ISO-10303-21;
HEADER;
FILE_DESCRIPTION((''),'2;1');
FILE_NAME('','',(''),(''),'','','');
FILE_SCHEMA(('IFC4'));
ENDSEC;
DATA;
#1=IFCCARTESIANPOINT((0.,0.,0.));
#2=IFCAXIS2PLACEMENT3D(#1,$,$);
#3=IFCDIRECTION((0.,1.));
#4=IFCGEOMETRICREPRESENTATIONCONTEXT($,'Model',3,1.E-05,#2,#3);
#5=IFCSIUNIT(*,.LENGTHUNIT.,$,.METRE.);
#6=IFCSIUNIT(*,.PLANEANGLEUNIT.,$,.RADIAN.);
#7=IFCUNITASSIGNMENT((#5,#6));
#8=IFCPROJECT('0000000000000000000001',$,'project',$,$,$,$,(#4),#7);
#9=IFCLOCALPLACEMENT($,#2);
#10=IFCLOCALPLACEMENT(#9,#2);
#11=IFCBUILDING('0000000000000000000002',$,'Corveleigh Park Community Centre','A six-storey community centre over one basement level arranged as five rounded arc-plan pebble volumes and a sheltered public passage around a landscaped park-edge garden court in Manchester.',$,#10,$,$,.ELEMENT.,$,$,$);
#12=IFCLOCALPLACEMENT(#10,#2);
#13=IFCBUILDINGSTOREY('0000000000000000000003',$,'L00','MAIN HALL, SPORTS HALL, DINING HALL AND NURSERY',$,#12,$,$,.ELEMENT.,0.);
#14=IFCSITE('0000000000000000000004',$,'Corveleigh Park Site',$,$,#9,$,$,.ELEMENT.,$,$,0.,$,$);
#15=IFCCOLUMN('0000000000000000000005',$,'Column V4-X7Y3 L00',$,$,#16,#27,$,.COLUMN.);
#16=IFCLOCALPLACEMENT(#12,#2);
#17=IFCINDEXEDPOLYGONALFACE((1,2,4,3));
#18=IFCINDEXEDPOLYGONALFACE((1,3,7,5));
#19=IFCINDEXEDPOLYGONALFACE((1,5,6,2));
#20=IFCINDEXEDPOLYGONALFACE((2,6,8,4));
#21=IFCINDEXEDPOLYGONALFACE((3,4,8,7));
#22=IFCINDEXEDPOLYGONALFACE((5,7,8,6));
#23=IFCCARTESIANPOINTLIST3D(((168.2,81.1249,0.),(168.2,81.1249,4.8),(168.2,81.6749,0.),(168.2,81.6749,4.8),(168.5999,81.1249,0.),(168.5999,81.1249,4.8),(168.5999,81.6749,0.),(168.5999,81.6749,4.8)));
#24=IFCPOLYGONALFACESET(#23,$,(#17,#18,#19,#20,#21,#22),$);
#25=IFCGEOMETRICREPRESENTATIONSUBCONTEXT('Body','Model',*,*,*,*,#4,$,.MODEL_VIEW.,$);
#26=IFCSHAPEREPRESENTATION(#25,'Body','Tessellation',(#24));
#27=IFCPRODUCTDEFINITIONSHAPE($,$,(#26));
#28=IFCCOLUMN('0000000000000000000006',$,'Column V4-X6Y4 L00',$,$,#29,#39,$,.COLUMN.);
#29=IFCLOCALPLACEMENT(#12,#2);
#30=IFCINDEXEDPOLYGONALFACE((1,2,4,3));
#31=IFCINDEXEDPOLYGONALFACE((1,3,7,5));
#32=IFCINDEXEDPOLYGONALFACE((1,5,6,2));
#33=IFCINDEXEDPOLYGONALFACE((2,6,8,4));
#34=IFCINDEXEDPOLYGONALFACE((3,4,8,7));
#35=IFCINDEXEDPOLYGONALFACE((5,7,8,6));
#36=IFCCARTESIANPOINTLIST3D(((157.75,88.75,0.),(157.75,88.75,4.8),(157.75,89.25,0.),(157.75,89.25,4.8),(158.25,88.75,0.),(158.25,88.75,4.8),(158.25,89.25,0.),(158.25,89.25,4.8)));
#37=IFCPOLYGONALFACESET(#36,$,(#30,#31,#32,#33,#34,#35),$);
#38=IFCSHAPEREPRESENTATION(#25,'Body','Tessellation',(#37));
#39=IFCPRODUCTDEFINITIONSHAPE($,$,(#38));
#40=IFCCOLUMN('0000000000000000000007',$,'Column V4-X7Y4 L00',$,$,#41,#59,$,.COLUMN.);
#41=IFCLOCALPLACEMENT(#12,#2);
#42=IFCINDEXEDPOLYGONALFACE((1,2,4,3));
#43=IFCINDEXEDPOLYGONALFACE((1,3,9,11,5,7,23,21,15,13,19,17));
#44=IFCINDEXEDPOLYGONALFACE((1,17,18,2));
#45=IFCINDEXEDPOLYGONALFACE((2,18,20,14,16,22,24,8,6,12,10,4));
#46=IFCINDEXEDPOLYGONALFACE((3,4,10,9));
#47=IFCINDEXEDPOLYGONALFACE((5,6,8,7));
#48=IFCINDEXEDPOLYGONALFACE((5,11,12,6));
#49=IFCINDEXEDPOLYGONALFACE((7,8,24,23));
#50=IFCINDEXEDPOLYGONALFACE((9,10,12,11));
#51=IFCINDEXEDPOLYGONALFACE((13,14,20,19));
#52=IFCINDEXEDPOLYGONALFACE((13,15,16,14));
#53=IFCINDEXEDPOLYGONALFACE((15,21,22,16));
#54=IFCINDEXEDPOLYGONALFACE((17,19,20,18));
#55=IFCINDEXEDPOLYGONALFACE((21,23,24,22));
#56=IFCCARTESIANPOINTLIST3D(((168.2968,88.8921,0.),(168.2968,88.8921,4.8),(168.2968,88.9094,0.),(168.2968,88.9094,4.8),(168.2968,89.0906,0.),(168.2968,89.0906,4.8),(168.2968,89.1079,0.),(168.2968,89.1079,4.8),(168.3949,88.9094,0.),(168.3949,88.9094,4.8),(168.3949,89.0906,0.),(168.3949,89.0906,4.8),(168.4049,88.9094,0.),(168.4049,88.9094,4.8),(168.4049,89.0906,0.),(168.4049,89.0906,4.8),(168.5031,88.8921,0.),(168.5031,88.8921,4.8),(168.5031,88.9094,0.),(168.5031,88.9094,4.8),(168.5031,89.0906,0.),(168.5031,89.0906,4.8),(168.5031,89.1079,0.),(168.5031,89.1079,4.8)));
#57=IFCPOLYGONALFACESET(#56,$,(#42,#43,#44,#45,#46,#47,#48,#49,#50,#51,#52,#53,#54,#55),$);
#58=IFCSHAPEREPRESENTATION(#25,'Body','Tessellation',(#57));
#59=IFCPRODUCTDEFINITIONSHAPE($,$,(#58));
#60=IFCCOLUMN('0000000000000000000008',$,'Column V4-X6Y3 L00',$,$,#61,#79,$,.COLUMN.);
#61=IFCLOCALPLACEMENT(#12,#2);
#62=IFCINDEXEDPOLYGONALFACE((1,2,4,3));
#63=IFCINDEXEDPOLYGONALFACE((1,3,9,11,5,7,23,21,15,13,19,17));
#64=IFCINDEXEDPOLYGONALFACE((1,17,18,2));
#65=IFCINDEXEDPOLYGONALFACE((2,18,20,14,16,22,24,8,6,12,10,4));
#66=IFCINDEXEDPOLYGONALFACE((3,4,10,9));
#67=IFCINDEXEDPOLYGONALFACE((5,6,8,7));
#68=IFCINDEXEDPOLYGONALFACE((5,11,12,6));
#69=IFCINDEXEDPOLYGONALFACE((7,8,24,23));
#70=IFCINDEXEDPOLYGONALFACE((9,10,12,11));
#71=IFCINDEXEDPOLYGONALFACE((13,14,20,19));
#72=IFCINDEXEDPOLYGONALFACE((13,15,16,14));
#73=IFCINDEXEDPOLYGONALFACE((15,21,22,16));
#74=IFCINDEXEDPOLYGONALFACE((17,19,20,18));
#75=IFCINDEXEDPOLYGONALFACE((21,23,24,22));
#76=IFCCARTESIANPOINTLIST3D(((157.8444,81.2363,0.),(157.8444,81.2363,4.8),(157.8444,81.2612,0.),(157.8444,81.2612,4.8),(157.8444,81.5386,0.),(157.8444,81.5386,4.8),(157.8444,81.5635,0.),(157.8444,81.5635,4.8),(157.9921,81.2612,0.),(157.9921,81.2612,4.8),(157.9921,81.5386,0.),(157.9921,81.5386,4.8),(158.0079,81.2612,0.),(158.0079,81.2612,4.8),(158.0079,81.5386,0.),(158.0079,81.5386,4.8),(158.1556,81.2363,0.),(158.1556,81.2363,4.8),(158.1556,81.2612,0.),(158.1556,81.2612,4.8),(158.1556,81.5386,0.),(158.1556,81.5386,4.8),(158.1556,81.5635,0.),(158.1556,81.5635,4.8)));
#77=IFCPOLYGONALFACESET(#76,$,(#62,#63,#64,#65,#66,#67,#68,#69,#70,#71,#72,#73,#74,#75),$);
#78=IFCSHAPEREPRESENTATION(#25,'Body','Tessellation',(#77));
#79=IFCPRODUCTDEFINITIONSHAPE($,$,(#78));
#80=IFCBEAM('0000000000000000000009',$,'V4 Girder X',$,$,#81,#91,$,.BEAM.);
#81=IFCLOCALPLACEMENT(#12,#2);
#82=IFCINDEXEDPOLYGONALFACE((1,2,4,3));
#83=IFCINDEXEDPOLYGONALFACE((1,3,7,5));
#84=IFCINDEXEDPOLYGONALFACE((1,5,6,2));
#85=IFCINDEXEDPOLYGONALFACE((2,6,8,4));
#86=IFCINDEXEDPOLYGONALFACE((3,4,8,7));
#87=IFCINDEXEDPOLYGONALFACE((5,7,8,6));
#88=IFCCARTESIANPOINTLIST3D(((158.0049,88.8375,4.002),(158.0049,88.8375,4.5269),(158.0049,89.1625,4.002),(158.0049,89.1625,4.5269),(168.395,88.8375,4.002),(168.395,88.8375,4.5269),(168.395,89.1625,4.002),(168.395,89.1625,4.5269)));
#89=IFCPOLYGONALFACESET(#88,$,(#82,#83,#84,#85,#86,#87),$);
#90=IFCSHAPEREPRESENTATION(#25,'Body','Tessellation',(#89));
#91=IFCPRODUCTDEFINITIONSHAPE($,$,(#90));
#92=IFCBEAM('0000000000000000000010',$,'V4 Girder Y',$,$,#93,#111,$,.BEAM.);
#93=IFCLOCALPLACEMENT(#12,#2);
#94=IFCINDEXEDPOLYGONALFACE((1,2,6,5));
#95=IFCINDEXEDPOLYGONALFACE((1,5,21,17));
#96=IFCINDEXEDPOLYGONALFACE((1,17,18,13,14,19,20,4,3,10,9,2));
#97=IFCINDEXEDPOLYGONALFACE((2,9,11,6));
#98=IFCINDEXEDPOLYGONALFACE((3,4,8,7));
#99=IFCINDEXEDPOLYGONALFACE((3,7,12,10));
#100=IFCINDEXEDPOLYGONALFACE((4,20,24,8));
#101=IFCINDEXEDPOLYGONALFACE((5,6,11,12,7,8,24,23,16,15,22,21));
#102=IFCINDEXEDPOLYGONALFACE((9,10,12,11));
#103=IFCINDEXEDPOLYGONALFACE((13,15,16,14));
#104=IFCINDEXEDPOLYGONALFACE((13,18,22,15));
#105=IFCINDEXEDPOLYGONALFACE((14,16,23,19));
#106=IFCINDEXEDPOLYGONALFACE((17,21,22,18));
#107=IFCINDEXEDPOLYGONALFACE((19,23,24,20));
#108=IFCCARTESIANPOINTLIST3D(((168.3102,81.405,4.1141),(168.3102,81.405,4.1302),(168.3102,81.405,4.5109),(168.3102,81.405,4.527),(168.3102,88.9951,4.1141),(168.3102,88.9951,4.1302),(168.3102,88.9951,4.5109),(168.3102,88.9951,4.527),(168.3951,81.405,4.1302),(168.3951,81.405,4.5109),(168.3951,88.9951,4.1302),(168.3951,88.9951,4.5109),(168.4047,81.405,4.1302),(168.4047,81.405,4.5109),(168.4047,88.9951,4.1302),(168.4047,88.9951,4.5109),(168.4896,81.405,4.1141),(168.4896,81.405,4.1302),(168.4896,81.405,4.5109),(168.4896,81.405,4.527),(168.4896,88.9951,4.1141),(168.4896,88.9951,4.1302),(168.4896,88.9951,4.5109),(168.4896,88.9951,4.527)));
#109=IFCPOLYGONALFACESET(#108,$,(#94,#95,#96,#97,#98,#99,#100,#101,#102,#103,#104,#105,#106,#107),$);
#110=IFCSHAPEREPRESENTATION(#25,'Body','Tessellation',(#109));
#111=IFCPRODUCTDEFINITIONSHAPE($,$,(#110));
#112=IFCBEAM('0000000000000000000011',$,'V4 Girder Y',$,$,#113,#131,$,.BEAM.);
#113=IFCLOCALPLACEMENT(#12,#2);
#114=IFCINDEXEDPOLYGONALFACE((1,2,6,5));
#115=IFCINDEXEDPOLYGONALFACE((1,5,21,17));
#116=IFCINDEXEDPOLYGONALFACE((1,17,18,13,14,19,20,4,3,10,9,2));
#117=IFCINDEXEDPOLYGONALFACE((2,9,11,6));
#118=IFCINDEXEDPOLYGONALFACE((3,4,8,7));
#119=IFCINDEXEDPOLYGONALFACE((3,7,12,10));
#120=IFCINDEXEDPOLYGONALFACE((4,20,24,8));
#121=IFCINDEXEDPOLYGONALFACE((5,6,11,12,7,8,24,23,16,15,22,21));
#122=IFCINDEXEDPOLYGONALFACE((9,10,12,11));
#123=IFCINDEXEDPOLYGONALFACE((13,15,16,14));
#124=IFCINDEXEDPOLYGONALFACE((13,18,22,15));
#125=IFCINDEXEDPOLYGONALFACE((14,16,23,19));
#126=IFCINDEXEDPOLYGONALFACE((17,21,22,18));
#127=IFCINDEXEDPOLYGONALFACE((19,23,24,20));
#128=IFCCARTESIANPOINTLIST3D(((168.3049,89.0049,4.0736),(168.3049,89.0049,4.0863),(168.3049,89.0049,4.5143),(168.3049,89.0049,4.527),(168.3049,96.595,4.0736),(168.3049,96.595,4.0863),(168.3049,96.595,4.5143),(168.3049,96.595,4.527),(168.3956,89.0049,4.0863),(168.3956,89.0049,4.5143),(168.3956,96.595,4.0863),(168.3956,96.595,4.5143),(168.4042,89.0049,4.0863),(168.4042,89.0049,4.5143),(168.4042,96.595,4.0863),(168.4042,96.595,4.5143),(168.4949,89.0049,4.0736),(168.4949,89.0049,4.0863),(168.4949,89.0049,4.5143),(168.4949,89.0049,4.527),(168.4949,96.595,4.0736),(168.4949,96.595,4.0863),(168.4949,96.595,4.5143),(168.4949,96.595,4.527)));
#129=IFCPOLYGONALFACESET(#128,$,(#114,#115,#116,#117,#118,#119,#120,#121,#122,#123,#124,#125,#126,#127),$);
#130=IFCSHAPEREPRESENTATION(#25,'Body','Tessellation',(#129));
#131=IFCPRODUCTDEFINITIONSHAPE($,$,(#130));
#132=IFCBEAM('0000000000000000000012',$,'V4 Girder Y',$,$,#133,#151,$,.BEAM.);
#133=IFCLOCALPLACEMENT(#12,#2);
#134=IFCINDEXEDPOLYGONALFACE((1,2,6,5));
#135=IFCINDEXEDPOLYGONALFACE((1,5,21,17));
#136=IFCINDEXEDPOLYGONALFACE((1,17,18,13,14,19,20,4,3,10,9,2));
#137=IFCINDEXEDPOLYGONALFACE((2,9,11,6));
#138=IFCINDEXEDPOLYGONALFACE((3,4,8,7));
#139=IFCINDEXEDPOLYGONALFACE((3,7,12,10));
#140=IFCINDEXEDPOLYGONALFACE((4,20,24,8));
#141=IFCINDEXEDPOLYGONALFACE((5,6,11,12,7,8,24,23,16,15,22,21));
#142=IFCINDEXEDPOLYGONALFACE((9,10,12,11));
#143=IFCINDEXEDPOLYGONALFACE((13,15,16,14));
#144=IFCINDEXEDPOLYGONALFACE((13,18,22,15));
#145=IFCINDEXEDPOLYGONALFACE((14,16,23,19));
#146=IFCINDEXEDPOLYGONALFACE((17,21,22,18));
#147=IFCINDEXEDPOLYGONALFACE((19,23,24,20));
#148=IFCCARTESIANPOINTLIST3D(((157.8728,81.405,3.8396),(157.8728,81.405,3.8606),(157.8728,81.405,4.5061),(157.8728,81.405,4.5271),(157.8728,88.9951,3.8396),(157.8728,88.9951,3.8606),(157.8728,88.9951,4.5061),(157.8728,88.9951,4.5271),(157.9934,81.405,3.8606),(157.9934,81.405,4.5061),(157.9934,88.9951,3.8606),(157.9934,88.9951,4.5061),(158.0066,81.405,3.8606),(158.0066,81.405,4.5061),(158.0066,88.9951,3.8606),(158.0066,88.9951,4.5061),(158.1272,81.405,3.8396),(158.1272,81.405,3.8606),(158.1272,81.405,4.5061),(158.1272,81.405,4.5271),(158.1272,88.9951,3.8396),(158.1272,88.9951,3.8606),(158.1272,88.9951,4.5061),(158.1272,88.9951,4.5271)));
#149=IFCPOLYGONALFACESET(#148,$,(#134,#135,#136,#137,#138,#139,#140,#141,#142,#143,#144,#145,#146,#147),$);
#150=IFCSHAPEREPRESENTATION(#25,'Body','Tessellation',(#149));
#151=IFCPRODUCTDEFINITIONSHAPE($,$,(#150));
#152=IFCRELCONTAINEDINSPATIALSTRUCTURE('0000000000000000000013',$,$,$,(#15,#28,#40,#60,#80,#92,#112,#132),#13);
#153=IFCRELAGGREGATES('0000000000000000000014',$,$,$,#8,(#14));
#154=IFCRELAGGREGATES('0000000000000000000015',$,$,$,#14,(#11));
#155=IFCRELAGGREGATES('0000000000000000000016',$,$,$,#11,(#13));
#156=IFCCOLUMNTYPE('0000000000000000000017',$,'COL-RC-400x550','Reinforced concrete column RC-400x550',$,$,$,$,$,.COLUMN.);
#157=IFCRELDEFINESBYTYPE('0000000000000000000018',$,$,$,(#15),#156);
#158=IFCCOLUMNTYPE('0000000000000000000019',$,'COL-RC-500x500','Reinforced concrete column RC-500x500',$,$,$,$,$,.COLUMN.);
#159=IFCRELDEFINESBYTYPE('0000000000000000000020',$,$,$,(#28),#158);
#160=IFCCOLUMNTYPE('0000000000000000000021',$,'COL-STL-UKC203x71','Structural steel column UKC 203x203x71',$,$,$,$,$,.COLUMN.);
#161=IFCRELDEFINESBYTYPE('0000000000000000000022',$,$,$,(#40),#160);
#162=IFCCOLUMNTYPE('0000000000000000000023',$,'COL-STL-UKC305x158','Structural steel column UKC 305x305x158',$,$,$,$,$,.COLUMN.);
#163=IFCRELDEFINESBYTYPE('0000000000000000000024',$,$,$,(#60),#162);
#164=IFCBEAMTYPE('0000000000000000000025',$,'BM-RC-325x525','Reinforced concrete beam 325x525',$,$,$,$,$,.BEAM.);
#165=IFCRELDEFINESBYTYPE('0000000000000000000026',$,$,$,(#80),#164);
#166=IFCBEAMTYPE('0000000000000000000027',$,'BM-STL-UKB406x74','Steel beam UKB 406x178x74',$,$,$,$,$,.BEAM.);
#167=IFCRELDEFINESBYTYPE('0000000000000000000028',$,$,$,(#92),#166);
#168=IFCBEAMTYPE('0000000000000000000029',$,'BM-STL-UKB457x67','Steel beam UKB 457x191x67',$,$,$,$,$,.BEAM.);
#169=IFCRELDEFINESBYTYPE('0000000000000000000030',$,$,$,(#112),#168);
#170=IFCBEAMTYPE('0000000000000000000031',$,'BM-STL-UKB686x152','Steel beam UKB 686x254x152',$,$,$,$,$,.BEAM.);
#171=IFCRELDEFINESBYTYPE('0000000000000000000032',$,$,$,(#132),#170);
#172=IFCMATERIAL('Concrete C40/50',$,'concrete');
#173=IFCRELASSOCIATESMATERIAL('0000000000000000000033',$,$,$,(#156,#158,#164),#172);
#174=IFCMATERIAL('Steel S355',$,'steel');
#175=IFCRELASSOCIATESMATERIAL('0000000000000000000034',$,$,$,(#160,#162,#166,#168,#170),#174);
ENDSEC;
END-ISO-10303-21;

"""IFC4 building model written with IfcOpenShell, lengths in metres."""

from ifc_helpers import new_model, si_unit, direction, frame, origin, origin_2d, place, context, subcontext, project, spatial, rectangle, i_section, extrude, material, material_profile, profile_set, type_object, element, save


model = new_model("IFC4")

# Units and contexts
model_context = context("Model", 3, precision=1e-05, world=origin(), true_north=direction((0.0, 1.0)))
body_context = subcontext(model_context, "Body", "Model", "MODEL_VIEW")
ifc_project = project(units=[si_unit("LENGTHUNIT", "METRE"), si_unit("PLANEANGLEUNIT", "RADIAN")], contexts=[model_context])

# Site, building, storey
site_placement = place(None, origin())
site = spatial("IfcSite", under=ifc_project, at=site_placement, Name="Corveleigh Park Site", CompositionType="ELEMENT", RefElevation=0.0)
building_placement = place(site_placement, origin())
building = spatial("IfcBuilding", under=site, at=building_placement, Name="Corveleigh Park Community Centre", Description="A six-storey community centre over one basement level arranged as five rounded arc-plan pebble volumes and a sheltered public passage around a landscaped park-edge garden court in Manchester.", CompositionType="ELEMENT")
storey_placement = place(building_placement, origin())
storey = spatial("IfcBuildingStorey", under=building, at=storey_placement, Name="L00", Description="MAIN HALL, SPORTS HALL, DINING HALL AND NURSERY", CompositionType="ELEMENT", Elevation=0.0)

# Columns
ifc_material_1 = material(Name="Concrete C40/50", Category="concrete")
ifc_material_profile_1 = material_profile(ifc_material_1, rectangle(XDim=0.3999, YDim=0.55, at=origin_2d()), Name="RC-400x550", Category="concrete")
ifc_profile_set_1 = profile_set([ifc_material_profile_1], Name="Concrete C40/50")
column_type_1 = type_object("IfcColumnType", Name="COL-RC-400x550", Description="Reinforced concrete column RC-400x550", PredefinedType="COLUMN", material=ifc_profile_set_1)
column_1_placement = place(storey_placement, frame((168.3999, 81.3999, 0.0), z_axis=(0.0, 0.0, 1.0), x_axis=(1.0, 0.0, 0.0)))
element("IfcColumn", 1, at=column_1_placement, inside=storey, type_object=column_type_1, Name="Column V4-X7Y3 L00", PredefinedType="COLUMN", context=body_context, shape_type="SweptSolid", body=[
    extrude(rectangle(XDim=0.3999, YDim=0.55, at=origin_2d()), origin(), (0.0, 0.0, 1.0), 4.8),
])
ifc_material_profile_2 = material_profile(ifc_material_1, rectangle(XDim=0.5, YDim=0.5, at=origin_2d()), Name="RC-500x500", Category="concrete")
ifc_profile_set_2 = profile_set([ifc_material_profile_2], Name="Concrete C40/50")
column_type_2 = type_object("IfcColumnType", Name="COL-RC-500x500", Description="Reinforced concrete column RC-500x500", PredefinedType="COLUMN", material=ifc_profile_set_2)
column_2_placement = place(storey_placement, frame((158.0, 89.0, 0.0), z_axis=(0.0, 0.0, 1.0), x_axis=(1.0, 0.0, 0.0)))
element("IfcColumn", 2, at=column_2_placement, inside=storey, type_object=column_type_2, Name="Column V4-X6Y4 L00", PredefinedType="COLUMN", context=body_context, shape_type="SweptSolid", body=[
    extrude(rectangle(XDim=0.5, YDim=0.5, at=origin_2d()), origin(), (0.0, 0.0, 1.0), 4.8),
])
ifc_material_2 = material(Name="Steel S355", Category="steel")
ifc_material_profile_3 = material_profile(ifc_material_2, i_section(OverallWidth=0.2063, OverallDepth=0.2158, WebThickness=0.01, FlangeThickness=0.0173, at=origin_2d()), Name="UKC 203x203x71", Category="steel")
ifc_profile_set_3 = profile_set([ifc_material_profile_3], Name="Steel S355")
column_type_3 = type_object("IfcColumnType", Name="COL-STL-UKC203x71", Description="Structural steel column UKC 203x203x71", PredefinedType="COLUMN", material=ifc_profile_set_3)
column_3_placement = place(storey_placement, frame((168.3999, 89.0, 0.0), z_axis=(0.0, 0.0, 1.0), x_axis=(1.0, 0.0, 0.0)))
element("IfcColumn", 3, at=column_3_placement, inside=storey, type_object=column_type_3, Name="Column V4-X7Y4 L00", PredefinedType="COLUMN", context=body_context, shape_type="SweptSolid", body=[
    extrude(i_section(OverallWidth=0.2063, OverallDepth=0.2158, WebThickness=0.01, FlangeThickness=0.0173, at=origin_2d()), origin(), (0.0, 0.0, 1.0), 4.8),
])
ifc_material_profile_4 = material_profile(ifc_material_2, i_section(OverallWidth=0.3113, OverallDepth=0.3271, WebThickness=0.0159, FlangeThickness=0.0249, at=origin_2d()), Name="UKC 305x305x158", Category="steel")
ifc_profile_set_4 = profile_set([ifc_material_profile_4], Name="Steel S355")
column_type_4 = type_object("IfcColumnType", Name="COL-STL-UKC305x158", Description="Structural steel column UKC 305x305x158", PredefinedType="COLUMN", material=ifc_profile_set_4)
column_4_placement = place(storey_placement, frame((158.0, 81.3999, 0.0), z_axis=(0.0, 0.0, 1.0), x_axis=(1.0, 0.0, 0.0)))
element("IfcColumn", 4, at=column_4_placement, inside=storey, type_object=column_type_4, Name="Column V4-X6Y3 L00", PredefinedType="COLUMN", context=body_context, shape_type="SweptSolid", body=[
    extrude(i_section(OverallWidth=0.3113, OverallDepth=0.3271, WebThickness=0.0159, FlangeThickness=0.0249, at=origin_2d()), origin(), (0.0, 0.0, 1.0), 4.8),
])

# Beams
ifc_material_profile_5 = material_profile(ifc_material_1, rectangle(XDim=0.325, YDim=0.5249, at=origin_2d()), Name="RC-325x525", Category="concrete")
ifc_profile_set_5 = profile_set([ifc_material_profile_5], Name="Concrete C40/50")
beam_type_1 = type_object("IfcBeamType", Name="BM-RC-325x525", Description="Reinforced concrete beam 325x525", PredefinedType="BEAM", material=ifc_profile_set_5)
beam_1_placement = place(storey_placement, frame((158.0049, 89.0, 4.2644), z_axis=(1.0, 0.0, 0.0), x_axis=(0.0, 1.0, 0.0)))
element("IfcBeam", 5, at=beam_1_placement, inside=storey, type_object=beam_type_1, Name="V4 Girder X", PredefinedType="BEAM", context=body_context, shape_type="SweptSolid", body=[
    extrude(rectangle(XDim=0.325, YDim=0.5249, at=origin_2d()), origin(), (0.0, 0.0, 1.0), 10.3901),
])
ifc_material_profile_6 = material_profile(ifc_material_2, i_section(OverallWidth=0.1794, OverallDepth=0.4128, WebThickness=0.0095, FlangeThickness=0.0161, at=origin_2d()), Name="UKB 406x178x74", Category="steel")
ifc_profile_set_6 = profile_set([ifc_material_profile_6], Name="Steel S355")
beam_type_2 = type_object("IfcBeamType", Name="BM-STL-UKB406x74", Description="Steel beam UKB 406x178x74", PredefinedType="BEAM", material=ifc_profile_set_6)
beam_2_placement = place(storey_placement, frame((168.3999, 81.405, 4.3206), z_axis=(0.0, 1.0, 0.0), x_axis=(-1.0, 0.0, 0.0)))
element("IfcBeam", 6, at=beam_2_placement, inside=storey, type_object=beam_type_2, Name="V4 Girder Y", PredefinedType="BEAM", context=body_context, shape_type="SweptSolid", body=[
    extrude(i_section(OverallWidth=0.1794, OverallDepth=0.4128, WebThickness=0.0095, FlangeThickness=0.0161, at=origin_2d()), origin(), (0.0, 0.0, 1.0), 7.5901),
])
ifc_material_profile_7 = material_profile(ifc_material_2, i_section(OverallWidth=0.1899, OverallDepth=0.4534, WebThickness=0.0085, FlangeThickness=0.0127, at=origin_2d()), Name="UKB 457x191x67", Category="steel")
ifc_profile_set_7 = profile_set([ifc_material_profile_7], Name="Steel S355")
beam_type_3 = type_object("IfcBeamType", Name="BM-STL-UKB457x67", Description="Steel beam UKB 457x191x67", PredefinedType="BEAM", material=ifc_profile_set_7)
beam_3_placement = place(storey_placement, frame((168.3999, 89.0049, 4.3003), z_axis=(0.0, 1.0, 0.0), x_axis=(-1.0, 0.0, 0.0)))
element("IfcBeam", 7, at=beam_3_placement, inside=storey, type_object=beam_type_3, Name="V4 Girder Y", PredefinedType="BEAM", context=body_context, shape_type="SweptSolid", body=[
    extrude(i_section(OverallWidth=0.1899, OverallDepth=0.4534, WebThickness=0.0085, FlangeThickness=0.0127, at=origin_2d()), origin(), (0.0, 0.0, 1.0), 7.5901),
])
ifc_material_profile_8 = material_profile(ifc_material_2, i_section(OverallWidth=0.2544, OverallDepth=0.6875, WebThickness=0.0132, FlangeThickness=0.021, at=origin_2d()), Name="UKB 686x254x152", Category="steel")
ifc_profile_set_8 = profile_set([ifc_material_profile_8], Name="Steel S355")
beam_type_4 = type_object("IfcBeamType", Name="BM-STL-UKB686x152", Description="Steel beam UKB 686x254x152", PredefinedType="BEAM", material=ifc_profile_set_8)
beam_4_placement = place(storey_placement, frame((158.0, 81.405, 4.1833), z_axis=(0.0, 1.0, 0.0), x_axis=(-1.0, 0.0, 0.0)))
element("IfcBeam", 8, at=beam_4_placement, inside=storey, type_object=beam_type_4, Name="V4 Girder Y", PredefinedType="BEAM", context=body_context, shape_type="SweptSolid", body=[
    extrude(i_section(OverallWidth=0.2544, OverallDepth=0.6875, WebThickness=0.0132, FlangeThickness=0.021, at=origin_2d()), origin(), (0.0, 0.0, 1.0), 7.5901),
])

save(model, "model.ifc")
